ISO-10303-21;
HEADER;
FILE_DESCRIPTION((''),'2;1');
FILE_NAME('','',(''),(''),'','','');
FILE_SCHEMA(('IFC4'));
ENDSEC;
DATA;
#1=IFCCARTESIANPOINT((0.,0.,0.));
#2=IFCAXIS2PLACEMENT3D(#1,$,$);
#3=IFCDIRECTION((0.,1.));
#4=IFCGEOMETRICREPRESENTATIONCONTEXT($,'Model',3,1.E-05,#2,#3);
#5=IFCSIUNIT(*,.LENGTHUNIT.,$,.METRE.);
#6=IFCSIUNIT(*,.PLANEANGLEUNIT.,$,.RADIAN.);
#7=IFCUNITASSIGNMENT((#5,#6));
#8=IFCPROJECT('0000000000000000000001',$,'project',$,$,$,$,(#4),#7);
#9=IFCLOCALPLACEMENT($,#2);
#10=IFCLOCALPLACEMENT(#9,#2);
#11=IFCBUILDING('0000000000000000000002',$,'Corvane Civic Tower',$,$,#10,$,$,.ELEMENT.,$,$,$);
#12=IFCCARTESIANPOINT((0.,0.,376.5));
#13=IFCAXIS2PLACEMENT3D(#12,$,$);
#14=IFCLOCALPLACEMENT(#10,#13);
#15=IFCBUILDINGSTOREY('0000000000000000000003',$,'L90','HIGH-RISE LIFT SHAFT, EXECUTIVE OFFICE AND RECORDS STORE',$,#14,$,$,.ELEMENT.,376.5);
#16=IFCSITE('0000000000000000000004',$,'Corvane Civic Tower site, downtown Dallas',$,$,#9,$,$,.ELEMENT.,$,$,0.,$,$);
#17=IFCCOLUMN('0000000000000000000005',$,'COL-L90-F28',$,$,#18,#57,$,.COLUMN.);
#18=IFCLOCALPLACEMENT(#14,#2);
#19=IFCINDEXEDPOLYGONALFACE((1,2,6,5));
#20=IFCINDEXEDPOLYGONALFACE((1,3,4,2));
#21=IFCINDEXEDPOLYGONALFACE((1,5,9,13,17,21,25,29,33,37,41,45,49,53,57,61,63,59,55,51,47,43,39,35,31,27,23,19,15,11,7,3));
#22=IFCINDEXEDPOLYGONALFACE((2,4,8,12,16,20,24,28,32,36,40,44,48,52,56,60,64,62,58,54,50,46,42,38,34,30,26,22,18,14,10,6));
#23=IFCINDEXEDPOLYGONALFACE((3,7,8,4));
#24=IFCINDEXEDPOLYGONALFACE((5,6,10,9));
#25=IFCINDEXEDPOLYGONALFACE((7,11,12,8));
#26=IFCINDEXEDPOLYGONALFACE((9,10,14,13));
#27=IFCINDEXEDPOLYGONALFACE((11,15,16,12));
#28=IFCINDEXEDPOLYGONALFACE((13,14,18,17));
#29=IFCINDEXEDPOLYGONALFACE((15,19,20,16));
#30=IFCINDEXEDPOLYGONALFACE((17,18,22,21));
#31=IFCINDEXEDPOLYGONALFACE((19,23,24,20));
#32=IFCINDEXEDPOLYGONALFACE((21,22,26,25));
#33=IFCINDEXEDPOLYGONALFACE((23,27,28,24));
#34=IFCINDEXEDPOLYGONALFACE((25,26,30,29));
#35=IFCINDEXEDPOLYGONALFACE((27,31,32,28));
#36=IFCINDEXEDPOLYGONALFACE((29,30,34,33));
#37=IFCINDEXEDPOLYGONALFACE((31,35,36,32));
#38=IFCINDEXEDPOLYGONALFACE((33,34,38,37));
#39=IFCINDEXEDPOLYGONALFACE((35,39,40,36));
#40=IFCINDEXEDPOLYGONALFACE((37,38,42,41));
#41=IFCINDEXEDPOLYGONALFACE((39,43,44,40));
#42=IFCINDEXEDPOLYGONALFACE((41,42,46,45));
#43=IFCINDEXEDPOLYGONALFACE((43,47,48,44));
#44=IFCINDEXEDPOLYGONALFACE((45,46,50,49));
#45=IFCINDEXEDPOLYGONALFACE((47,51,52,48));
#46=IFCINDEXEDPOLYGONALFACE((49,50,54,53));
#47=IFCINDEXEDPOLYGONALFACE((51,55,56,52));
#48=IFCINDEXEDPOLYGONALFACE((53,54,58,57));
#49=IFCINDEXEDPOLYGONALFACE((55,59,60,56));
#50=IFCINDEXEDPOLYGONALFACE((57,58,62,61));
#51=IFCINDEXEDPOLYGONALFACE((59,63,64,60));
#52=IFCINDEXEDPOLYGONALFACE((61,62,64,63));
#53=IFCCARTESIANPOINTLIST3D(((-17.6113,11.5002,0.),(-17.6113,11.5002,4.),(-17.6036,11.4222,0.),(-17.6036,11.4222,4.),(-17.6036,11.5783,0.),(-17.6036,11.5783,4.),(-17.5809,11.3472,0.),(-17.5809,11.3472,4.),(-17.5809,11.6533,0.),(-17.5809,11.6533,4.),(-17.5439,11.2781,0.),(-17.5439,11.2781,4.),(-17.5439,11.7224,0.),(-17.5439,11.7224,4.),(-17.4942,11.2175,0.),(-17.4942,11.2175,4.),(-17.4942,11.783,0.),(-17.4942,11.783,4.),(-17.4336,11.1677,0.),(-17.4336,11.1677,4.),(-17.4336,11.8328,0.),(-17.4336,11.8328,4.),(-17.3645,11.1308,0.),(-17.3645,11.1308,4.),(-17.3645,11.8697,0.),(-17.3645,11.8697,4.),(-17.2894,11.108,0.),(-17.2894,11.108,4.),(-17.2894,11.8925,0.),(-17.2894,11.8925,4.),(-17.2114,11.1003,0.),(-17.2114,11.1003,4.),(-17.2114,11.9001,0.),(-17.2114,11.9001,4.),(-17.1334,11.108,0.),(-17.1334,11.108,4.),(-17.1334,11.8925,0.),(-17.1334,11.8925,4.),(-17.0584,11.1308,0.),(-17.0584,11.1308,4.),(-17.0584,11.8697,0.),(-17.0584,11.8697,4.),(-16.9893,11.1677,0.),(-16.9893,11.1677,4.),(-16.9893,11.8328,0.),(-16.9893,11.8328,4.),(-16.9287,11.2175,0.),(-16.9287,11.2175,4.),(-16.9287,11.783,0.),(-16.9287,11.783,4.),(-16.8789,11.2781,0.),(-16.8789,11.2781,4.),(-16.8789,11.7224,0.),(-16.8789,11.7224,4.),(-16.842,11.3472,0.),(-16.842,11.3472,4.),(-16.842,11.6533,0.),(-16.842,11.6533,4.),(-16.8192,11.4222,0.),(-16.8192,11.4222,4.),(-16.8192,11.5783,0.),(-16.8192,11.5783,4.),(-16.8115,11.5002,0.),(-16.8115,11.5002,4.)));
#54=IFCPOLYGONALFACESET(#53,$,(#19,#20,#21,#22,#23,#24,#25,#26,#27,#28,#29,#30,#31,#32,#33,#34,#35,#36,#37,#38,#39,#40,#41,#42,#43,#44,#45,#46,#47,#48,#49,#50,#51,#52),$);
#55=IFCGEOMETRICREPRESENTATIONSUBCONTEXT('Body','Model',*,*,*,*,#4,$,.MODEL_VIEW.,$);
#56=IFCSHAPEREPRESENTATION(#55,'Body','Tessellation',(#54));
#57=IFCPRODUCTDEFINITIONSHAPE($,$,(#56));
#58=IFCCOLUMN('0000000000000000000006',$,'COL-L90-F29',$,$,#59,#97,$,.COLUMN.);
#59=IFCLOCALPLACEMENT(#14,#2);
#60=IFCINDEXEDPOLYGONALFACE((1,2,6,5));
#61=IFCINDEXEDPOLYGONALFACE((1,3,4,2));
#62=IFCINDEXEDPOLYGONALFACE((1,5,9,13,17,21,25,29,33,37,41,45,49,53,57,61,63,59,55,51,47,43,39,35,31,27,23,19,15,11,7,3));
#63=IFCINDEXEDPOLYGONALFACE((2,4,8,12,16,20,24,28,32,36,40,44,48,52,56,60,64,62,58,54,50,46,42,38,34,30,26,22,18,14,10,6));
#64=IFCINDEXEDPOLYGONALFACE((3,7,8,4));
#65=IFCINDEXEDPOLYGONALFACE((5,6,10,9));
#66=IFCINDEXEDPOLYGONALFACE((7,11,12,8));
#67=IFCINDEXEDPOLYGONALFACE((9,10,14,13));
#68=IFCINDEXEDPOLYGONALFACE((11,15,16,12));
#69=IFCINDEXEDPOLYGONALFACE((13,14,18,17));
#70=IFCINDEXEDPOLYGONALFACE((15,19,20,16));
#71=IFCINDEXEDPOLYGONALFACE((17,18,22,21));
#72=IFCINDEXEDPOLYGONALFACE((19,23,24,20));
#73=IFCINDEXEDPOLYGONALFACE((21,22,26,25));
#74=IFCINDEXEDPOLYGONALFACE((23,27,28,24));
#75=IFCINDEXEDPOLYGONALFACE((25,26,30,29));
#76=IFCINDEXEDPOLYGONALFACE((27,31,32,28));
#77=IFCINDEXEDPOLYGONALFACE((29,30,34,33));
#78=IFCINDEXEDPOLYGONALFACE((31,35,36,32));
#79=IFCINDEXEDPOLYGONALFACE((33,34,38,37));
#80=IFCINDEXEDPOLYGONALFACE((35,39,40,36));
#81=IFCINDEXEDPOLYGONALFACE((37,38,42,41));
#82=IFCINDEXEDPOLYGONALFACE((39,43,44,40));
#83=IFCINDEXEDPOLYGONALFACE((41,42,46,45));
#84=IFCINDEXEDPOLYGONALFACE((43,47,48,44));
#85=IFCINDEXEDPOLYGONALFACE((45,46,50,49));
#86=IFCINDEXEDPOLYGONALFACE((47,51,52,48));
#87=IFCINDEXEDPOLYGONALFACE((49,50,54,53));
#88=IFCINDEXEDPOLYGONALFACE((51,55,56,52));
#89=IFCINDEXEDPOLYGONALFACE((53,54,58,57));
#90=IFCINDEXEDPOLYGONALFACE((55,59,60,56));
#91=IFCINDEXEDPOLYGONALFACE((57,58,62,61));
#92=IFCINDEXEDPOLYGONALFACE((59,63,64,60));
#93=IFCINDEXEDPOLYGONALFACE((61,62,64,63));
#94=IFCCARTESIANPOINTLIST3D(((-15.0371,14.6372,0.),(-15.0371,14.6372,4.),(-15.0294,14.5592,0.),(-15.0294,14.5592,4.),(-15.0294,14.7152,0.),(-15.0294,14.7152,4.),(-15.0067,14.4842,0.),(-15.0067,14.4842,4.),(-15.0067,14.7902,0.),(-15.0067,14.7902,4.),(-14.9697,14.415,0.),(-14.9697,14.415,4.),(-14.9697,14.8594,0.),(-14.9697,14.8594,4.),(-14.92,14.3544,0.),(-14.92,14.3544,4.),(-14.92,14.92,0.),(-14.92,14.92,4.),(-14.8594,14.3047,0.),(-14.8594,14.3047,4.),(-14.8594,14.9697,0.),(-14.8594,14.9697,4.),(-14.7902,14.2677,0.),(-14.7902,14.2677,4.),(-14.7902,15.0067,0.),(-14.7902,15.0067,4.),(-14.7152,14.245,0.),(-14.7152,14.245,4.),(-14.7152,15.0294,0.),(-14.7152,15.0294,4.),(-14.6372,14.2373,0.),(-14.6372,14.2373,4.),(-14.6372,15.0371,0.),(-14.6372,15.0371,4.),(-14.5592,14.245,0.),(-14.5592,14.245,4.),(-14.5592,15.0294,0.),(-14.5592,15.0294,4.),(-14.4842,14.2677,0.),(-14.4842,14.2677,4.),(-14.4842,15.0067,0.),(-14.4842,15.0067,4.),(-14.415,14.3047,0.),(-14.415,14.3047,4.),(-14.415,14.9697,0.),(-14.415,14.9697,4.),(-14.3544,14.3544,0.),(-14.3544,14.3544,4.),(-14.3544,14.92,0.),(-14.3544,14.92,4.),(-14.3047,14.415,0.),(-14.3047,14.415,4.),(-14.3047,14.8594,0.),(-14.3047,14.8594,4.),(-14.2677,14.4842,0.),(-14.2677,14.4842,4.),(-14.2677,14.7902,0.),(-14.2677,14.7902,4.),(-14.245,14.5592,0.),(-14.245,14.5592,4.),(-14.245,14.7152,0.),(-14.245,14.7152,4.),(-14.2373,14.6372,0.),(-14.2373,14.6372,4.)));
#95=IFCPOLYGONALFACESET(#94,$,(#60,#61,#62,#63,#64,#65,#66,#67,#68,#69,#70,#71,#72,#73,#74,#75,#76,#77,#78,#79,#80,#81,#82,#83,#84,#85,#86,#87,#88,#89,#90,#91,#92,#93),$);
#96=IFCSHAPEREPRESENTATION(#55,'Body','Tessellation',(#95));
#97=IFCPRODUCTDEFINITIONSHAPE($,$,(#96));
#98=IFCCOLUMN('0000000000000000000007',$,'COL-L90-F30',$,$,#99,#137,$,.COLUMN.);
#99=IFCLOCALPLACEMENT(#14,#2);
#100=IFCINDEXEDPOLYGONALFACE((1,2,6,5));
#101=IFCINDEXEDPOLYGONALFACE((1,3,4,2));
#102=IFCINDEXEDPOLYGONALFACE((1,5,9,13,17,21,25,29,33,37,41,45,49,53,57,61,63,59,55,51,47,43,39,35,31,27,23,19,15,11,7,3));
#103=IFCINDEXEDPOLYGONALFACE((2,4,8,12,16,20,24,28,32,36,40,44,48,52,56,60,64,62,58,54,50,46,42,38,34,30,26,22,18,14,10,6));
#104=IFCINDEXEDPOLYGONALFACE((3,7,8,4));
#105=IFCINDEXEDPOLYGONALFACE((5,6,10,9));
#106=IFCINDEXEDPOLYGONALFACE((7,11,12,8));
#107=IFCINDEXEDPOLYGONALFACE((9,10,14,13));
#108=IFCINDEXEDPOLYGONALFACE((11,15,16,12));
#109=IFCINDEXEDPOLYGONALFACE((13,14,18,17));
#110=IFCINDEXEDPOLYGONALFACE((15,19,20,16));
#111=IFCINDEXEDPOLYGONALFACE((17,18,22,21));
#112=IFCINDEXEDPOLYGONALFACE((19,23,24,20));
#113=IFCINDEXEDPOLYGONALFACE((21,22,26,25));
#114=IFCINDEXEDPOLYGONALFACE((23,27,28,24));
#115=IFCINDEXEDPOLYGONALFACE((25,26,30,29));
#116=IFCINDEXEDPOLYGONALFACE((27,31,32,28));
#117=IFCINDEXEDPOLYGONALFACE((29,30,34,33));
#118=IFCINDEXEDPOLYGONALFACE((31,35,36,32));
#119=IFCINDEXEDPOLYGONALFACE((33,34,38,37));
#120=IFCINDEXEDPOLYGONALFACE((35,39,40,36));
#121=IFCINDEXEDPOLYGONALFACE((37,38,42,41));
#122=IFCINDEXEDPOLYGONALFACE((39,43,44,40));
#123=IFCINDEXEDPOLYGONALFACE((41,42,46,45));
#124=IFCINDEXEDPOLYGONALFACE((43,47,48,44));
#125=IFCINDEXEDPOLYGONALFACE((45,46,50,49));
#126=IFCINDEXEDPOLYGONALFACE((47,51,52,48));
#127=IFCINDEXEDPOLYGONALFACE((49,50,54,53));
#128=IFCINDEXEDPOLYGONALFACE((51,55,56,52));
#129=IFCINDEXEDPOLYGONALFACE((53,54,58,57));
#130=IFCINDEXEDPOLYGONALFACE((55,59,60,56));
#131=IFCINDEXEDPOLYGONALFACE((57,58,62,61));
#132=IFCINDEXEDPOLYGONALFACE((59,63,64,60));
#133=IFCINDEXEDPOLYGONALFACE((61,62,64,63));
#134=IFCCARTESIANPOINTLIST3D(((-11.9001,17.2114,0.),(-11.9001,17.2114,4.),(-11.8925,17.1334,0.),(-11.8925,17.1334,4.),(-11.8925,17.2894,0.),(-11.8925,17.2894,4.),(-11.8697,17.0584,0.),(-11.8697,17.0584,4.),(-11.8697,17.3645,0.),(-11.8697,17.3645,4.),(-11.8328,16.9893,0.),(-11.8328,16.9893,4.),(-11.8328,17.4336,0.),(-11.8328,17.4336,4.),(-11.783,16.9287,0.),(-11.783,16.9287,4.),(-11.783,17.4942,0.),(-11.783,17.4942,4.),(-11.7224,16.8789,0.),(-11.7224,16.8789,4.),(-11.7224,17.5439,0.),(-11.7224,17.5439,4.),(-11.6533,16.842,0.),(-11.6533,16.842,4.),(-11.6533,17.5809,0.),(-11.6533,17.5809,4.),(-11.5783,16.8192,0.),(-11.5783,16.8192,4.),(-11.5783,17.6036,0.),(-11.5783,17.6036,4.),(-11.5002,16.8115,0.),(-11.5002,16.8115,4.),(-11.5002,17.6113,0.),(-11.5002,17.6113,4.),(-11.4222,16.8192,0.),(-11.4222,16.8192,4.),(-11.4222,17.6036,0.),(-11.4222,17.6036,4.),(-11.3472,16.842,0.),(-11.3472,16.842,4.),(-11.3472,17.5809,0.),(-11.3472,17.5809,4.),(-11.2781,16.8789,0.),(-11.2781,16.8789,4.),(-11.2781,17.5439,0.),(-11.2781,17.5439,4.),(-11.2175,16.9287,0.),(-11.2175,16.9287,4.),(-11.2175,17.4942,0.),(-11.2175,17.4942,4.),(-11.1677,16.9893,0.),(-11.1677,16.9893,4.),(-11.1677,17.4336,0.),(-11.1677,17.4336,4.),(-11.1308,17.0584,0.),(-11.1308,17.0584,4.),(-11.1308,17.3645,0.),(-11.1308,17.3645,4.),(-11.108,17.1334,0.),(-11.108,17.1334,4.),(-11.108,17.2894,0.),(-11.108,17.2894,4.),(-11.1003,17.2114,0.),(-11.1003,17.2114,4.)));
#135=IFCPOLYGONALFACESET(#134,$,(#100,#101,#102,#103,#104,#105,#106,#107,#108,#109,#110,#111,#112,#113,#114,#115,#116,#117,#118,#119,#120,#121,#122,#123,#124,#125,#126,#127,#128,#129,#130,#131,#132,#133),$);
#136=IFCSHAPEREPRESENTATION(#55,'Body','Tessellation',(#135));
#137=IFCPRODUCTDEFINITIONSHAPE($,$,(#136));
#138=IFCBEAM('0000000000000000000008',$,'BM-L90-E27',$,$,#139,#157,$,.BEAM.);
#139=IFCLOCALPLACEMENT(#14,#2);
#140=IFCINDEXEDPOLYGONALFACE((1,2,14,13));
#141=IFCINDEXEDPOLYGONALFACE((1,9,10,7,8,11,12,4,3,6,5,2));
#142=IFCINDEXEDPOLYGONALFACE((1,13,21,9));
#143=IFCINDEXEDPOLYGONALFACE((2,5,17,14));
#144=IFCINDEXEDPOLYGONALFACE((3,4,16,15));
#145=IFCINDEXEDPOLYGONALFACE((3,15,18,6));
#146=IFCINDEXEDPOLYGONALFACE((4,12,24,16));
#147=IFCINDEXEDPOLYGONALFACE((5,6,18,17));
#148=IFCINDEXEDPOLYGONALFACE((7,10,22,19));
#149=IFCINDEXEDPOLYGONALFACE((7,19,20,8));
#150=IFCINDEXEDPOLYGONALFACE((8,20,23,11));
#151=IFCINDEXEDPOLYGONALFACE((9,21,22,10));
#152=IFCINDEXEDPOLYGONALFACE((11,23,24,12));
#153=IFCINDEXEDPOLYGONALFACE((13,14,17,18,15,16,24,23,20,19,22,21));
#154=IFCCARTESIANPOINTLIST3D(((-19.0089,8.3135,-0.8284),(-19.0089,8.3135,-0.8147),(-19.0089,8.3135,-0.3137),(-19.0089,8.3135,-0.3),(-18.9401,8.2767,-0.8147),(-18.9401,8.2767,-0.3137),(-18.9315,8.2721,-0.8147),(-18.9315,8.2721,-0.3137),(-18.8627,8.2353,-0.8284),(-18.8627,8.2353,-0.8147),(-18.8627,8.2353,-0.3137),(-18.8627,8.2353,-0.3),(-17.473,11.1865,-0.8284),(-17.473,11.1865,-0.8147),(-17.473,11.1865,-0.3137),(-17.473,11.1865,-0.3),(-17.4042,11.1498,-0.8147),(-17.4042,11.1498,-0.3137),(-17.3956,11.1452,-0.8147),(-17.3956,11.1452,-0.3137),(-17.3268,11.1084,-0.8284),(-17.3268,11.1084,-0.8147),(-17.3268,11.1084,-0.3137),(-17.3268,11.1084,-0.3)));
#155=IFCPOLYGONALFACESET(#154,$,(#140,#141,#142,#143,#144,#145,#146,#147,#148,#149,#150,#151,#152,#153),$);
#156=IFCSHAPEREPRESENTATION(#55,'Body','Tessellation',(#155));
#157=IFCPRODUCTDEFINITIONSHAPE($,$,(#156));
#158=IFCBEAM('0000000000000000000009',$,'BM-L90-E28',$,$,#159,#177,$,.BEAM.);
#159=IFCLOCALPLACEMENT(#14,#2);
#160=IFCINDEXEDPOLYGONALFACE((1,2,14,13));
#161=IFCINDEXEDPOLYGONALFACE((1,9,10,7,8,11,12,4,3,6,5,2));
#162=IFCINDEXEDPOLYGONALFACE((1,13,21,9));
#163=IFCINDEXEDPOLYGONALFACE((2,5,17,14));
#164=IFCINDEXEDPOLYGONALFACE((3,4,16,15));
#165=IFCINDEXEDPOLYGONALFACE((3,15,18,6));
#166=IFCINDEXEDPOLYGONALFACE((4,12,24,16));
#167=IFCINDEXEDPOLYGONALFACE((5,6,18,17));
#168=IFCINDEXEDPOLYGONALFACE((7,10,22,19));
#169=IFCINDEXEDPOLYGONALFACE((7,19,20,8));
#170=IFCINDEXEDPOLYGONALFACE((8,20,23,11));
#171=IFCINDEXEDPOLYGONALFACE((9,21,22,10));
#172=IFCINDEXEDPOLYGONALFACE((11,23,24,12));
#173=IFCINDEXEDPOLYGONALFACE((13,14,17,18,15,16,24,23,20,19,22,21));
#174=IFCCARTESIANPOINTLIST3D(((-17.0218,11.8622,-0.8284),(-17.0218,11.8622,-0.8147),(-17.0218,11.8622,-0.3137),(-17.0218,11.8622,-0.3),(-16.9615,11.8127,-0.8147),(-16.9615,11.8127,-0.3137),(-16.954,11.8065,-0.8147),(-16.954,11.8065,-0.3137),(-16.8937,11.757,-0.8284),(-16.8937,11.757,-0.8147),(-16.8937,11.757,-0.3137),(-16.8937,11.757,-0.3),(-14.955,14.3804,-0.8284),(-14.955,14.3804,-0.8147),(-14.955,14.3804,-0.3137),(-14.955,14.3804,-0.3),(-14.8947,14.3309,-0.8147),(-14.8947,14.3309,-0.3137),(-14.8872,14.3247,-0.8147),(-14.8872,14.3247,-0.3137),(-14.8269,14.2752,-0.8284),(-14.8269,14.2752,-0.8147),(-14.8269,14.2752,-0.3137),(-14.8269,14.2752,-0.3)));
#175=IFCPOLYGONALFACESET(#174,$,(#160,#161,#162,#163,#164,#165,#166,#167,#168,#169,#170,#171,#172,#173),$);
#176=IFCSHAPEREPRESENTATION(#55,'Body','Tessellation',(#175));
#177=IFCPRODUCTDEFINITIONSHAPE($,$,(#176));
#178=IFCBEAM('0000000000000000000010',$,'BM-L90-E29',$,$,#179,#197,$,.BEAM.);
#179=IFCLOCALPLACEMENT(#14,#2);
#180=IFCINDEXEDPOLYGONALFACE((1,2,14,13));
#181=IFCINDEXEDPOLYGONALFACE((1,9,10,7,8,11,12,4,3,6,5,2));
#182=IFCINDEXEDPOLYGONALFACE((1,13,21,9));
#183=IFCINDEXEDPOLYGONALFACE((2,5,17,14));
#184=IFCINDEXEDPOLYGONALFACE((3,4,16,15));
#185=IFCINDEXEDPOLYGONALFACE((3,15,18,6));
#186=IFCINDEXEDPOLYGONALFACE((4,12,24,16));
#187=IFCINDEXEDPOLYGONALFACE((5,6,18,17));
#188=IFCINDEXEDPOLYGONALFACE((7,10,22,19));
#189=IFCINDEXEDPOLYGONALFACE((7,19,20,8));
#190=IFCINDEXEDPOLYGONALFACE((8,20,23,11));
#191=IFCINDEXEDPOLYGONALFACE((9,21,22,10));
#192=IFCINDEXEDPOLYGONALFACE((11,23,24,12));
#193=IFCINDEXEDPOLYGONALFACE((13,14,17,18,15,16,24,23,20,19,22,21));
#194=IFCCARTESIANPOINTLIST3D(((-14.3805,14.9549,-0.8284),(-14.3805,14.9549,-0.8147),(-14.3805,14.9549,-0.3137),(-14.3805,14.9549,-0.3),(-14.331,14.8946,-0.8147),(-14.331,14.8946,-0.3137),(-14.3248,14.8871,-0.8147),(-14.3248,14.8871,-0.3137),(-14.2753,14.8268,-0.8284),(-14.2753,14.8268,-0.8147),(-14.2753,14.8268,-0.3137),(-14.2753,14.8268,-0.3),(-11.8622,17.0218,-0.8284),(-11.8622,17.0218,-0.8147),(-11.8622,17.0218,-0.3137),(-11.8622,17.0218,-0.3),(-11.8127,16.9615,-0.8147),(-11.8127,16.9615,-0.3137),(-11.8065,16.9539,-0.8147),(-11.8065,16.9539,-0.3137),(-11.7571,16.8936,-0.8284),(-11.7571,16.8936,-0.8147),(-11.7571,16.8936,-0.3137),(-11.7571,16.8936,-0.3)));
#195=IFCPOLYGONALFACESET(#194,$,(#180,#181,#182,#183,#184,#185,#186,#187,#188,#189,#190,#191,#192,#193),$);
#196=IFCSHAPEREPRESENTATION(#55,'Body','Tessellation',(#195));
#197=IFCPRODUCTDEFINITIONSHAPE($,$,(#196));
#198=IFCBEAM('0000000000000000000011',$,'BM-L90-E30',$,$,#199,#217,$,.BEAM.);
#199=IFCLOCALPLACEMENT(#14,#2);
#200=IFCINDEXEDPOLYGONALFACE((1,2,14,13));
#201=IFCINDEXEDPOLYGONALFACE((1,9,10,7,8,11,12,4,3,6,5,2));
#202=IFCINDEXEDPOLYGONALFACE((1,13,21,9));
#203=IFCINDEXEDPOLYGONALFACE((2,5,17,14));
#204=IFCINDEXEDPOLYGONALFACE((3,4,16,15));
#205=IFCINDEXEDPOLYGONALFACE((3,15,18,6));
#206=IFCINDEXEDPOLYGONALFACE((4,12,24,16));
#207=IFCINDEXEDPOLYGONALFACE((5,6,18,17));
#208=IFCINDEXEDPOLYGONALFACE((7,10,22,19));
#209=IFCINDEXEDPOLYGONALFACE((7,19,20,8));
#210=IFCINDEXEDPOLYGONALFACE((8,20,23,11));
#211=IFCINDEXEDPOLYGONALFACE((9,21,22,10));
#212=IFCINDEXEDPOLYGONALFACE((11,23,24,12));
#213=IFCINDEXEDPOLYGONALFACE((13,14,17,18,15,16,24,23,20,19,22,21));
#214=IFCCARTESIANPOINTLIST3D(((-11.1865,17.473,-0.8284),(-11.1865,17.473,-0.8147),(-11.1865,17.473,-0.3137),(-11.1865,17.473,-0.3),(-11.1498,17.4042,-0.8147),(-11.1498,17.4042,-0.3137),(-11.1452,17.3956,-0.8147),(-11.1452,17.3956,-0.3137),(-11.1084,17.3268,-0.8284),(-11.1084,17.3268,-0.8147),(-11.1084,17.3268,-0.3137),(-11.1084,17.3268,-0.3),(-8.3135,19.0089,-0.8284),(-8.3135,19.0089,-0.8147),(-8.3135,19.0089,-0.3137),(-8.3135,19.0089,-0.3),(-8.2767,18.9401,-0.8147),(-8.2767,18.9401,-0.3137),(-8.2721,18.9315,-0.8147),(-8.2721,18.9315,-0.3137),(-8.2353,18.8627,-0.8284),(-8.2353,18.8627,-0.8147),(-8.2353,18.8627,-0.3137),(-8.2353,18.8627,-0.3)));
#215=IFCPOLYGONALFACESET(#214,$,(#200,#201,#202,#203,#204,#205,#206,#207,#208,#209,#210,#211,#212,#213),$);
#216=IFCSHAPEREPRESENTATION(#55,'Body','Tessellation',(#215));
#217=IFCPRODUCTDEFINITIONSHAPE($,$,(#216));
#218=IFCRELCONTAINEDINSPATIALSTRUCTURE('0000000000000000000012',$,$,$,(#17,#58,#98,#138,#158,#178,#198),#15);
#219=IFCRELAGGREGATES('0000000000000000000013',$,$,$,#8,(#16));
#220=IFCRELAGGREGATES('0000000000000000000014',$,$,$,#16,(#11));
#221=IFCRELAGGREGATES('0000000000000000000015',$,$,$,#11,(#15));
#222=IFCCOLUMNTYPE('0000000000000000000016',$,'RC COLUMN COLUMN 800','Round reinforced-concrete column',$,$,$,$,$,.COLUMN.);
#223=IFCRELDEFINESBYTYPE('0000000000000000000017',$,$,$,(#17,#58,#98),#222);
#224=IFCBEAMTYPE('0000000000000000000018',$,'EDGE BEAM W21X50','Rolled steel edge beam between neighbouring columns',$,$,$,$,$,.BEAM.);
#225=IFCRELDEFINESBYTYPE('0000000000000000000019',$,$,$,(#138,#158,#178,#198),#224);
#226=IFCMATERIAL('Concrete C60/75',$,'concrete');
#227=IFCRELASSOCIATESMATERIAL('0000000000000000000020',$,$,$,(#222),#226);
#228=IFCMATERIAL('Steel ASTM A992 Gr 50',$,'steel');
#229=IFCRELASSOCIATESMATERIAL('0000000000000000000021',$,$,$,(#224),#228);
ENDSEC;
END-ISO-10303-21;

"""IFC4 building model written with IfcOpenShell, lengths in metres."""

from ifc_helpers import new_model, si_unit, direction, frame, origin, origin_2d, place, context, subcontext, project, spatial, circle, i_section, extrude, material, material_profile, profile_set, type_object, element, save


model = new_model("IFC4")

# Units and contexts
model_context = context("Model", 3, precision=1e-05, world=origin(), true_north=direction((0.0, 1.0)))
body_context = subcontext(model_context, "Body", "Model", "MODEL_VIEW")
ifc_project = project(units=[si_unit("LENGTHUNIT", "METRE"), si_unit("PLANEANGLEUNIT", "RADIAN")], contexts=[model_context])

# Site, building, storey
site_placement = place(None, origin())
site = spatial("IfcSite", under=ifc_project, at=site_placement, Name="Corvane Civic Tower site, downtown Dallas", CompositionType="ELEMENT", RefElevation=0.0)
building_placement = place(site_placement, origin())
building = spatial("IfcBuilding", under=site, at=building_placement, Name="Corvane Civic Tower", CompositionType="ELEMENT")
storey_placement = place(building_placement, frame((0.0, 0.0, 376.5)))
storey = spatial("IfcBuildingStorey", under=building, at=storey_placement, Name="L90", Description="HIGH-RISE LIFT SHAFT, EXECUTIVE OFFICE AND RECORDS STORE", CompositionType="ELEMENT", Elevation=376.5)

# Columns
ifc_material_1 = material(Name="Concrete C60/75", Category="concrete")
ifc_material_profile_1 = material_profile(ifc_material_1, circle(Radius=0.3999, at=origin_2d()), Name="COLUMN 800")
ifc_profile_set_1 = profile_set([ifc_material_profile_1], Name="Concrete C60/75")
column_type = type_object("IfcColumnType", Name="RC COLUMN COLUMN 800", Description="Round reinforced-concrete column", PredefinedType="COLUMN", material=ifc_profile_set_1)
for number, where, z_axis, x_axis, name in (
    (1, (-17.2114, 11.5002, 0.0), (0.0, 0.0, 1.0), (1.0, 0.0, 0.0), "COL-L90-F28"),
    (2, (-14.6372, 14.6372, 0.0), (0.0, 0.0, 1.0), (1.0, 0.0, 0.0), "COL-L90-F29"),
    (3, (-11.5002, 17.2114, 0.0), (0.0, 0.0, 1.0), (1.0, 0.0, 0.0), "COL-L90-F30"),
):
    element("IfcColumn", number, at=place(storey_placement, frame(where, z_axis=z_axis, x_axis=x_axis)), inside=storey, type_object=column_type, Name=name, PredefinedType="COLUMN", context=body_context, shape_type="SweptSolid", body=[
        extrude(circle(Radius=0.3999, at=origin_2d()), origin(), (0.0, 0.0, 1.0), 4.0),
    ])

# Beams
ifc_material_2 = material(Name="Steel ASTM A992 Gr 50", Category="steel")
ifc_material_profile_2 = material_profile(ifc_material_2, i_section(OverallWidth=0.1658, OverallDepth=0.5283, WebThickness=0.0098, FlangeThickness=0.0137, at=origin_2d()), Name="W21X50")
ifc_profile_set_2 = profile_set([ifc_material_profile_2], Name="Steel ASTM A992 Gr 50")
beam_type_1 = type_object("IfcBeamType", Name="EDGE BEAM W21X50", Description="Rolled steel edge beam between neighbouring columns", PredefinedType="BEAM", material=ifc_profile_set_2)
for number, where, z_axis, x_axis, name in (
    (4, (-18.9358, 8.2744, -0.5642), (0.471448, 0.881894, 0.0), (-0.881894, 0.471448, 0.0), "BM-L90-E27"),
    (5, (-16.9578, 11.8096, -0.5642), (0.634425, 0.772985, 0.0), (-0.772985, 0.634425, 0.0), "BM-L90-E28"),
    (6, (-14.3279, 14.8909, -0.5642), (0.772985, 0.634425, 0.0), (-0.634425, 0.772985, 0.0), "BM-L90-E29"),
    (7, (-11.1475, 17.3999, -0.5642), (0.881894, 0.471448, 0.0), (-0.471448, 0.881894, 0.0), "BM-L90-E30"),
):
    element("IfcBeam", number, at=place(storey_placement, frame(where, z_axis=z_axis, x_axis=x_axis)), inside=storey, type_object=beam_type_1, Name=name, PredefinedType="BEAM", context=body_context, shape_type="SweptSolid", body=[
        extrude(i_section(OverallWidth=0.1658, OverallDepth=0.5283, WebThickness=0.0098, FlangeThickness=0.0137, at=origin_2d()), origin(), (0.0, 0.0, 1.0), 3.2578),
    ])

save(model, "model.ifc")
